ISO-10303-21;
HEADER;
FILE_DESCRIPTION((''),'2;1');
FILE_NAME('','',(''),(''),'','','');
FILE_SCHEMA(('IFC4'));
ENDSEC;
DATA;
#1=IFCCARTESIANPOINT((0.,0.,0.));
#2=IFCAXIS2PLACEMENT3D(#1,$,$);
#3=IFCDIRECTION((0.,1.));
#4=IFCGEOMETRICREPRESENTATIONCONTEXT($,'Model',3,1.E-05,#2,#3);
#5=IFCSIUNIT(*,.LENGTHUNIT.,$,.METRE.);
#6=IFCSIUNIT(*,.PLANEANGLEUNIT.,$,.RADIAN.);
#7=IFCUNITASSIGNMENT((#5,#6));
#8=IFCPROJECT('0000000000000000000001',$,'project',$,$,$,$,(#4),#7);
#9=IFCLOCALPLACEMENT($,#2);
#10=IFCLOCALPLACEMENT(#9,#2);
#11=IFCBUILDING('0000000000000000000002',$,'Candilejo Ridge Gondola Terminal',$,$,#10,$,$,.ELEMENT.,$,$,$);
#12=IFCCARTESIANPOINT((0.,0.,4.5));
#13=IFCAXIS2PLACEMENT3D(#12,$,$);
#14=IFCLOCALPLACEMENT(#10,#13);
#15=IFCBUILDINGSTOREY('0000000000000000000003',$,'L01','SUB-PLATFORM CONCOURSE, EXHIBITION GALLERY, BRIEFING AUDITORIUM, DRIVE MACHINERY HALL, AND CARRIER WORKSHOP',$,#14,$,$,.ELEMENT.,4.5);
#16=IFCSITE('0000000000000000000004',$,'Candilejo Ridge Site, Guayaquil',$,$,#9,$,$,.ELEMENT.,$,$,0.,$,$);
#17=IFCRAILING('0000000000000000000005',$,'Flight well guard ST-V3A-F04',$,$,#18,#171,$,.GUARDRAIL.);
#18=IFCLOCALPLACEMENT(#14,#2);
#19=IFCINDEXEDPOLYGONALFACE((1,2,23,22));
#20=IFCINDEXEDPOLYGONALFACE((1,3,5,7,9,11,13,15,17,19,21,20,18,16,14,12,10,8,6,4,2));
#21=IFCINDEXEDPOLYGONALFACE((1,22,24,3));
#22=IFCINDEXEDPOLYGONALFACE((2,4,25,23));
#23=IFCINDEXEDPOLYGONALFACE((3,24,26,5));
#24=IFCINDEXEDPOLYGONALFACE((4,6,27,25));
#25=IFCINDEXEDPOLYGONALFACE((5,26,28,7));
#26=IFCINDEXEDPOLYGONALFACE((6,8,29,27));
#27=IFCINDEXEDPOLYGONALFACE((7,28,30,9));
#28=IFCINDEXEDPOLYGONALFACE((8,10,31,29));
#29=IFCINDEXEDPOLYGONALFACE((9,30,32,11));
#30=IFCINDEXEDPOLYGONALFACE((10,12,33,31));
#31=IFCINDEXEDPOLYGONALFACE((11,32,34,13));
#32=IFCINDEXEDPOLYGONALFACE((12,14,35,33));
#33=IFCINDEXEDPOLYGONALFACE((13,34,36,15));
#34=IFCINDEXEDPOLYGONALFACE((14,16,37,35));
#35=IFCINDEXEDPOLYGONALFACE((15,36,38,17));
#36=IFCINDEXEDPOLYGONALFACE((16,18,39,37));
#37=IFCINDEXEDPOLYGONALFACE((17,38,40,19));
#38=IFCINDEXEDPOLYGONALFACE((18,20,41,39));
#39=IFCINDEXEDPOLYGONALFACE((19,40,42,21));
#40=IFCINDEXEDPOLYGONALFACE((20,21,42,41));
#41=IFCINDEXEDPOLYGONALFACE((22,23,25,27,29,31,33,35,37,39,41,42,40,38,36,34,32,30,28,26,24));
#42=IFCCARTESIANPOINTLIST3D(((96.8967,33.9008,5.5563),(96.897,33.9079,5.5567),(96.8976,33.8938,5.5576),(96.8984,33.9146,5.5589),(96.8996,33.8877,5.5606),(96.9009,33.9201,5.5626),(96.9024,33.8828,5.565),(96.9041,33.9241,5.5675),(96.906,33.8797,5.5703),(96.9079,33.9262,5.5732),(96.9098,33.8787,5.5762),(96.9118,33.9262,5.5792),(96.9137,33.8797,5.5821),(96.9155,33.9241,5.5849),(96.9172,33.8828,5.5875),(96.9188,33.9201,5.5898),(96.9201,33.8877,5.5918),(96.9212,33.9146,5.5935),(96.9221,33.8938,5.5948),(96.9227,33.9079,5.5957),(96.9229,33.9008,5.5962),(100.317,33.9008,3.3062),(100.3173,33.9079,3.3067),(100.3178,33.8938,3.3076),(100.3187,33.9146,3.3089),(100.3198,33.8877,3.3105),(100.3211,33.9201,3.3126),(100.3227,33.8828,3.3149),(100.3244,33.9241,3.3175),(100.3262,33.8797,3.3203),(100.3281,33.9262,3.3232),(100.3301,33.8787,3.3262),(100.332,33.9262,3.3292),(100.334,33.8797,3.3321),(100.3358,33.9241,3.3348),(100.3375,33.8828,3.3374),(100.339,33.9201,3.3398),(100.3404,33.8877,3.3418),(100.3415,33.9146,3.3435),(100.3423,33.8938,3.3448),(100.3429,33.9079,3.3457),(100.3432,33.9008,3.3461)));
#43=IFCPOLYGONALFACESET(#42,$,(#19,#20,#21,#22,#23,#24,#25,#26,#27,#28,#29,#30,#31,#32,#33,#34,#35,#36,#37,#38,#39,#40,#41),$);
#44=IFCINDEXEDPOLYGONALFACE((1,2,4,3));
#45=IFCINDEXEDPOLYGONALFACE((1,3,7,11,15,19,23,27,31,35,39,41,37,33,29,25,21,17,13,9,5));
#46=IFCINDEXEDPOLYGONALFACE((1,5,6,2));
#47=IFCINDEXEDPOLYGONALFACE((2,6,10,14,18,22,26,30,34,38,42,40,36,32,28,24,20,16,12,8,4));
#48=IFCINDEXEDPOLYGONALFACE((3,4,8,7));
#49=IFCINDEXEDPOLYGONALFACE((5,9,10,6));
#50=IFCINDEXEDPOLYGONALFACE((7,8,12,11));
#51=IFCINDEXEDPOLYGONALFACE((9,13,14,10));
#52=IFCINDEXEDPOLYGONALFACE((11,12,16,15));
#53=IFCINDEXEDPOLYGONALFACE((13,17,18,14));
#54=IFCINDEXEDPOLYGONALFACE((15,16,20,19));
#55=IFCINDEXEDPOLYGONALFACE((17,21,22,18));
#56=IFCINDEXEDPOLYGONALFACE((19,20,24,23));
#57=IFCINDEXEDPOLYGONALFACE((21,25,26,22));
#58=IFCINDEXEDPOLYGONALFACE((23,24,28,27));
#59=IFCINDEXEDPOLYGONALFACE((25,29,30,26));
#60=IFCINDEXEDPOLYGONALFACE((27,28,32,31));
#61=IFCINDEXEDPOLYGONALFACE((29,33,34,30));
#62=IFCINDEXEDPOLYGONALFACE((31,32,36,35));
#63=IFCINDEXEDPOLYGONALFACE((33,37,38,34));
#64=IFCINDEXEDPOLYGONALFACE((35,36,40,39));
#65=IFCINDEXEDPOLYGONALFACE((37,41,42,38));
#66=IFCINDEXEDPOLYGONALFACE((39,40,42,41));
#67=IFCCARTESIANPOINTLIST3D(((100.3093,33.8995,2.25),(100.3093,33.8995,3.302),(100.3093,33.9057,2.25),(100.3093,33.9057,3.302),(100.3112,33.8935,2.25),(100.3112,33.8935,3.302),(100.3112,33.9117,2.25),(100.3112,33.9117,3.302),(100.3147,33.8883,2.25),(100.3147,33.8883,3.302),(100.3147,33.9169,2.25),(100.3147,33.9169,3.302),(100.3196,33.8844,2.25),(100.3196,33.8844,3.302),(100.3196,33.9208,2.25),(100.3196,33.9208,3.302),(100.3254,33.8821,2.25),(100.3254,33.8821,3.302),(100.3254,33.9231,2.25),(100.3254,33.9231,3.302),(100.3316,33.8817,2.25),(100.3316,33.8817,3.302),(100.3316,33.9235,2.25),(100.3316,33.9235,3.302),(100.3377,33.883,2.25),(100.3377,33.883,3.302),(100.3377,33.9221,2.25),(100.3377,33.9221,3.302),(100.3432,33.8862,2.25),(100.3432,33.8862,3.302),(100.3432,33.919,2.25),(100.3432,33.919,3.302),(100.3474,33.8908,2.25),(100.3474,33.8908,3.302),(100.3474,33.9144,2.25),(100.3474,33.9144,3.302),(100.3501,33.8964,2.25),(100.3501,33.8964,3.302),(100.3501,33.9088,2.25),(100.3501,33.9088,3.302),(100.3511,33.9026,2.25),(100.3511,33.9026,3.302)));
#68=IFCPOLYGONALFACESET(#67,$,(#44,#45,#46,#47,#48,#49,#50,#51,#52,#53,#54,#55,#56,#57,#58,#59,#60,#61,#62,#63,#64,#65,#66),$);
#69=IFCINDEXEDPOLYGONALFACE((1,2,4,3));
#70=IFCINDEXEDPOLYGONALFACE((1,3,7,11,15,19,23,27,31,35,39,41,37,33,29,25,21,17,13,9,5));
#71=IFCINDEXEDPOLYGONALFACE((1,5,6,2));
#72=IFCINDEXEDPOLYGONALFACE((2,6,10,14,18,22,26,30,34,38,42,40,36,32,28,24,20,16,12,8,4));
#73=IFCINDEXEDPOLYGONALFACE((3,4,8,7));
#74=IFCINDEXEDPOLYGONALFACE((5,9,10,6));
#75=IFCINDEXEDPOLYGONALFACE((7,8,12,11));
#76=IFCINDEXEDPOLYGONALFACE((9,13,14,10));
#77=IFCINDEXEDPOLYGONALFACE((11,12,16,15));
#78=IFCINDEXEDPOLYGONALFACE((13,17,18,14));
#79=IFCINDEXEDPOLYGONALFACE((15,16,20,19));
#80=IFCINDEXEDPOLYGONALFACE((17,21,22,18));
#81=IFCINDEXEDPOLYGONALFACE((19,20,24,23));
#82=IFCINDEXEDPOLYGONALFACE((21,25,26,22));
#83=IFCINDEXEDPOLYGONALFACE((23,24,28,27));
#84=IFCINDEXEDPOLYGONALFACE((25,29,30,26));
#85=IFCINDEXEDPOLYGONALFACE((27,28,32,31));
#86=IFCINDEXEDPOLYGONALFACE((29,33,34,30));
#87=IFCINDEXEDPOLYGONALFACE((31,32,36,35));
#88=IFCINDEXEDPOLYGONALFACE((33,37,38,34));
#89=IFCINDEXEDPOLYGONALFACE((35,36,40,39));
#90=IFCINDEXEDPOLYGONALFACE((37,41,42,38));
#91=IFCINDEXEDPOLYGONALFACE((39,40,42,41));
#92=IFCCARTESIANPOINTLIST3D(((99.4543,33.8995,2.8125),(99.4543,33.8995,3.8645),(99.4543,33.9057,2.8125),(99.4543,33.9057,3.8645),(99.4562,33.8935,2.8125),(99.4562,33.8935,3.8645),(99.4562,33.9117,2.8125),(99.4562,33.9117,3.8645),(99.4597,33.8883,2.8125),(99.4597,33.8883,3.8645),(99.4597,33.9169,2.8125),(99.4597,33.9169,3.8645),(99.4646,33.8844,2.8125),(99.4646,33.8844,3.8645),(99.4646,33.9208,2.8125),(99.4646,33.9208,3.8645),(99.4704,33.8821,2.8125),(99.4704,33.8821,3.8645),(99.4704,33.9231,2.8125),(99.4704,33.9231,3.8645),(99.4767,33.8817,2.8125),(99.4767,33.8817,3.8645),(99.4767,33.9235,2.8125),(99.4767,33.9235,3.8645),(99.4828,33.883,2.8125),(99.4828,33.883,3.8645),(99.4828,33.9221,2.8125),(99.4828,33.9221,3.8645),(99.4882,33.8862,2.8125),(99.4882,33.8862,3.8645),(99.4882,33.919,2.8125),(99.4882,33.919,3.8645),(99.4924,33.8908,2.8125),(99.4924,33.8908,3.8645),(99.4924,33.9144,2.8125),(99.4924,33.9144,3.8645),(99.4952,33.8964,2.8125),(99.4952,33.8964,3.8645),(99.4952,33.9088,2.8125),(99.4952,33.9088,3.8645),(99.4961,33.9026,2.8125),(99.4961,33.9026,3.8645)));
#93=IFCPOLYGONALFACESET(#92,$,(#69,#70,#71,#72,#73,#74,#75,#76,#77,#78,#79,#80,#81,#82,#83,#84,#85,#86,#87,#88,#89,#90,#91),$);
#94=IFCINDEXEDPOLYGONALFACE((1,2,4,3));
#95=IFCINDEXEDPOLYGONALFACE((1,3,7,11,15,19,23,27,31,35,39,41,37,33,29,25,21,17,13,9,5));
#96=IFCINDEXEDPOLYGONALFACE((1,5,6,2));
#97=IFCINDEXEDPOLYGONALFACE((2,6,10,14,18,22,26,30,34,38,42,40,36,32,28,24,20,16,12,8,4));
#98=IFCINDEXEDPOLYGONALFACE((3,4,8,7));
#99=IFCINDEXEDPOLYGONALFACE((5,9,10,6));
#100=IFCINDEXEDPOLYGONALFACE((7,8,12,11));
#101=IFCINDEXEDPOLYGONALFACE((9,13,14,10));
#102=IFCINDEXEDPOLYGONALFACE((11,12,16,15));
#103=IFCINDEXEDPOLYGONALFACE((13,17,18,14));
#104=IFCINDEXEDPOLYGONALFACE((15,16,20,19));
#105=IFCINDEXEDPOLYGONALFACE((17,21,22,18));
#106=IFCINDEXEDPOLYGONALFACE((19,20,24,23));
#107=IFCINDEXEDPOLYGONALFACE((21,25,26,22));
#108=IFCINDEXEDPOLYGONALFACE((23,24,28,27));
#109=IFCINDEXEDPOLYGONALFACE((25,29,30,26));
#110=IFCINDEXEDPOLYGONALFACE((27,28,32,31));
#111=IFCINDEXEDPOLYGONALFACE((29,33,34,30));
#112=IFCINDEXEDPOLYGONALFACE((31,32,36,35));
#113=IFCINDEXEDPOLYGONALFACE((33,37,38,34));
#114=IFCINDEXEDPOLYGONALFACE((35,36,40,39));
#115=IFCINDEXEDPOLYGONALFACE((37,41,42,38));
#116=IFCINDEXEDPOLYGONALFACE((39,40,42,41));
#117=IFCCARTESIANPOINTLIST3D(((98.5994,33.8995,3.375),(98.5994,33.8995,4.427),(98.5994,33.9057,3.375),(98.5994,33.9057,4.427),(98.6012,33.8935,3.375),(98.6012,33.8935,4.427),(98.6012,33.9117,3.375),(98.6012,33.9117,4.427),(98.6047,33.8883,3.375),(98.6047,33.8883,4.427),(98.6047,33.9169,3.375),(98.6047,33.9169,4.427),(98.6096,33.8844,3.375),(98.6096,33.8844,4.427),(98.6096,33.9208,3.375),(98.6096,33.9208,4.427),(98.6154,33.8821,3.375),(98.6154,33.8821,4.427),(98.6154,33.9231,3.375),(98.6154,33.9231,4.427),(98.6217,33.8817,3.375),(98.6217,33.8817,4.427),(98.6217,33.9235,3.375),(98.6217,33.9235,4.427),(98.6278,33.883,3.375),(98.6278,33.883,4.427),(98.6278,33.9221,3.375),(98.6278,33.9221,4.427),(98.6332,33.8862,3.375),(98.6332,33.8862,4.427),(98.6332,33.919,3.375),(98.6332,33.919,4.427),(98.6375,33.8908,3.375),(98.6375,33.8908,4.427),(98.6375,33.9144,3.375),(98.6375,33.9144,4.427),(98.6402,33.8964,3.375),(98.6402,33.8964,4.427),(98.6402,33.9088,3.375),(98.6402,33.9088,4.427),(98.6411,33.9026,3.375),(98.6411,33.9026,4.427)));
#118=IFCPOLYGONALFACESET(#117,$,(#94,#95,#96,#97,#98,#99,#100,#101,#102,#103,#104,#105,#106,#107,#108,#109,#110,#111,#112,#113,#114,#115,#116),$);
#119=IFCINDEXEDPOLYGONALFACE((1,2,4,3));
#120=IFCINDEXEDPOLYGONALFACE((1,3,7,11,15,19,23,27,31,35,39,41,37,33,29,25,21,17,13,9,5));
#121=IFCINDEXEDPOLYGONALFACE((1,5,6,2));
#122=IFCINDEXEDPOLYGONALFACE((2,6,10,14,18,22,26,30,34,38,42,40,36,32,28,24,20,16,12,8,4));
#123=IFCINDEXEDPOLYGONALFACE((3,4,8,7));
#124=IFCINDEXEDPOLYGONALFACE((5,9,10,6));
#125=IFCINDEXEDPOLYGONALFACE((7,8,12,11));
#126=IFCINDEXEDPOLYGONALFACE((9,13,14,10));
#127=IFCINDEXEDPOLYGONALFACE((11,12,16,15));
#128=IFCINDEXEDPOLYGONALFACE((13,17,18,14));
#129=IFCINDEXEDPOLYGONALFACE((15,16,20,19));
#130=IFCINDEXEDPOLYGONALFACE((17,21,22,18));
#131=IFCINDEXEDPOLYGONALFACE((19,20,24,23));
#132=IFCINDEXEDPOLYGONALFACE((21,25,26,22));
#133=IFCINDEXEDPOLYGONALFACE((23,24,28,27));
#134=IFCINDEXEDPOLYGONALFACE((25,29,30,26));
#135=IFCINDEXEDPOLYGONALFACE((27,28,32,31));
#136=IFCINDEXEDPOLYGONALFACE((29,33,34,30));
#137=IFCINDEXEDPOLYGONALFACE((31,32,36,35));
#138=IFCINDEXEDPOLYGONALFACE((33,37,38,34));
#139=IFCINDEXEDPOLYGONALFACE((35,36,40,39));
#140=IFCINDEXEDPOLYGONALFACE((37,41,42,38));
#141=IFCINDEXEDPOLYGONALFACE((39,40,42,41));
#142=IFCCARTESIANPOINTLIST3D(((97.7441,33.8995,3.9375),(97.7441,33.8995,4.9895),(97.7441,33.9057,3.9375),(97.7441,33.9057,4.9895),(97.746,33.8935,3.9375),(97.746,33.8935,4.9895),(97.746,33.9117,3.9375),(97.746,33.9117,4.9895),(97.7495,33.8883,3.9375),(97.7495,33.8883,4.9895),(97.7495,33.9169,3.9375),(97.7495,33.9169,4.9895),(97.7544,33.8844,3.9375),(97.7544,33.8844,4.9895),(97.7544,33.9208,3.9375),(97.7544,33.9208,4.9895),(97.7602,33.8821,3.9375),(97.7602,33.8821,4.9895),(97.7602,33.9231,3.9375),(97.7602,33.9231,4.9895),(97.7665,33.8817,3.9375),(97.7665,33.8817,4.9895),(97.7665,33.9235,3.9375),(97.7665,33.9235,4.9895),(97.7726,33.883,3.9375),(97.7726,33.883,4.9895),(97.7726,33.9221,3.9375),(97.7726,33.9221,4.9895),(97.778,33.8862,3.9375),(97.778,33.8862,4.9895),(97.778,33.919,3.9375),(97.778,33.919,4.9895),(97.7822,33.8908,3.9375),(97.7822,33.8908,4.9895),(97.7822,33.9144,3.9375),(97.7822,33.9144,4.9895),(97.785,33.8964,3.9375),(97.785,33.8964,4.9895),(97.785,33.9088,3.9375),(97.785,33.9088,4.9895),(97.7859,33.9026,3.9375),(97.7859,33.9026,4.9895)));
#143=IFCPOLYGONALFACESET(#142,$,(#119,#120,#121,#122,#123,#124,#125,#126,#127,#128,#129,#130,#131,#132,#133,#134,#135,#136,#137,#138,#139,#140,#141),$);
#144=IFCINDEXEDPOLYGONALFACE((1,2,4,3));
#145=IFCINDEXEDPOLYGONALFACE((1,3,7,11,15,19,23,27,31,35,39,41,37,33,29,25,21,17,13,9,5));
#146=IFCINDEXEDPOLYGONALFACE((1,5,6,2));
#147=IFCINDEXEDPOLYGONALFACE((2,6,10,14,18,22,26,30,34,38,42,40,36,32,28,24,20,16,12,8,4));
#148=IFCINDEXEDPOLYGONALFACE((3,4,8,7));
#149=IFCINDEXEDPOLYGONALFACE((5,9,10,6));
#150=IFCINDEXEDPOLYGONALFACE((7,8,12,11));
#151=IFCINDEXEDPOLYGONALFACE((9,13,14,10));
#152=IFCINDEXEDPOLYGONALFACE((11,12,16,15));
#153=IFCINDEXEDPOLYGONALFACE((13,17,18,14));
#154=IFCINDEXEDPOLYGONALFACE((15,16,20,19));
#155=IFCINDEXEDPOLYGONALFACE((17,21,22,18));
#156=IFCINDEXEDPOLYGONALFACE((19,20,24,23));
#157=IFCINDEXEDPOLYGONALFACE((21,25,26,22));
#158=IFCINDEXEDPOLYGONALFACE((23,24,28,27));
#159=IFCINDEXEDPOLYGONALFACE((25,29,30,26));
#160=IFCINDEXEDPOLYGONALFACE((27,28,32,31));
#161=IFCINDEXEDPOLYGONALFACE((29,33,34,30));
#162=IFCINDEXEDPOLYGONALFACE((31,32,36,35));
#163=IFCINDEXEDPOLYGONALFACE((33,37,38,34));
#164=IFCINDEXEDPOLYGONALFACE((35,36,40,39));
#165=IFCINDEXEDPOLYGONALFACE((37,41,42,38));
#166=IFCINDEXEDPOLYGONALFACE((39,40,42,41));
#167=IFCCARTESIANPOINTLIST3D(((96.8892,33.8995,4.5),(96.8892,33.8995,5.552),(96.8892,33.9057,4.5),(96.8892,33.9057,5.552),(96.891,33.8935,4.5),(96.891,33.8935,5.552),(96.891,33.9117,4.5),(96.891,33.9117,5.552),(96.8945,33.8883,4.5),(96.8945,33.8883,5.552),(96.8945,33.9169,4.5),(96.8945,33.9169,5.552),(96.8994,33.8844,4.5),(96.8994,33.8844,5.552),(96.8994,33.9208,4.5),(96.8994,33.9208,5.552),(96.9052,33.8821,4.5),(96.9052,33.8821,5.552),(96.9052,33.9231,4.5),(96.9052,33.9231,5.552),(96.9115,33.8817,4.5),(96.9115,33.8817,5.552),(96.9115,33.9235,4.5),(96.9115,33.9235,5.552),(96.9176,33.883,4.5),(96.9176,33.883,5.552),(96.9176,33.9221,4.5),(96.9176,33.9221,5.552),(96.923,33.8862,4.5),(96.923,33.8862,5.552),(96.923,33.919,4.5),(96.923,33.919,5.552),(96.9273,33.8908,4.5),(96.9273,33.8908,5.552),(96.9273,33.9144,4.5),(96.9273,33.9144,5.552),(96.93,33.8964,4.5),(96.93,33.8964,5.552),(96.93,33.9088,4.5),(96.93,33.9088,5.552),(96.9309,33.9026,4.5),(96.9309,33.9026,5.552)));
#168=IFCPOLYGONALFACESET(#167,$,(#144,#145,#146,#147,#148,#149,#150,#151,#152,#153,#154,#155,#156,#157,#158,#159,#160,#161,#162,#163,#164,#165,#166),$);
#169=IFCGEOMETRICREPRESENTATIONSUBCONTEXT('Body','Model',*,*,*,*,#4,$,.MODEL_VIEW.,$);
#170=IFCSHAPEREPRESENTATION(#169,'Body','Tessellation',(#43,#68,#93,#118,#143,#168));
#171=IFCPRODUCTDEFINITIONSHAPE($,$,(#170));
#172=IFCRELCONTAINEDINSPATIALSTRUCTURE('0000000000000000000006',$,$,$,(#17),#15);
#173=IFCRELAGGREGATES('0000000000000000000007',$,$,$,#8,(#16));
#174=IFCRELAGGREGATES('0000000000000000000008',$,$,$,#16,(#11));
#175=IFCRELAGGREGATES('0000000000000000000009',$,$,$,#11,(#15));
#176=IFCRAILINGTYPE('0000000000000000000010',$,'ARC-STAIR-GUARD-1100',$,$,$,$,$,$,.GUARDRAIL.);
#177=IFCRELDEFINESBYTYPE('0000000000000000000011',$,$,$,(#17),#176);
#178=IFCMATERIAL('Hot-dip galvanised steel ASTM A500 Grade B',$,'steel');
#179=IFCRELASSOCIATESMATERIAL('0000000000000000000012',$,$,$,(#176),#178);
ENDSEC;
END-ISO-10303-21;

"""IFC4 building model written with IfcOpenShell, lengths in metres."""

from ifc_helpers import new_model, si_unit, direction, frame, origin, origin_2d, place, context, subcontext, project, spatial, circle, extrude, material, type_object, element, save


model = new_model("IFC4")

# Units and contexts
model_context = context("Model", 3, precision=1e-05, world=origin(), true_north=direction((0.0, 1.0)))
body_context = subcontext(model_context, "Body", "Model", "MODEL_VIEW")
ifc_project = project(units=[si_unit("LENGTHUNIT", "METRE"), si_unit("PLANEANGLEUNIT", "RADIAN")], contexts=[model_context])

# Site, building, storey
site_placement = place(None, origin())
site = spatial("IfcSite", under=ifc_project, at=site_placement, Name="Candilejo Ridge Site, Guayaquil", CompositionType="ELEMENT", RefElevation=0.0)
building_placement = place(site_placement, origin())
building = spatial("IfcBuilding", under=site, at=building_placement, Name="Candilejo Ridge Gondola Terminal", CompositionType="ELEMENT")
storey_placement = place(building_placement, frame((0.0, 0.0, 4.5)))
storey = spatial("IfcBuildingStorey", under=building, at=storey_placement, Name="L01", Description="SUB-PLATFORM CONCOURSE, EXHIBITION GALLERY, BRIEFING AUDITORIUM, DRIVE MACHINERY HALL, AND CARRIER WORKSHOP", CompositionType="ELEMENT", Elevation=4.5)

# Railing
ifc_material_1 = material(Name="Hot-dip galvanised steel ASTM A500 Grade B", Category="steel")
railing_type_1 = type_object("IfcRailingType", Name="ARC-STAIR-GUARD-1100", PredefinedType="GUARDRAIL", material=ifc_material_1)
railing_1_placement = place(storey_placement, frame((100.3301, 33.9026, 2.25)))
element("IfcRailing", 1, at=railing_1_placement, inside=storey, type_object=railing_type_1, Name="Flight well guard ST-V3A-F04", PredefinedType="GUARDRAIL", context=body_context, shape_type="SweptSolid", body=[
    extrude(circle(Radius=0.0239, at=origin_2d()), frame((0.0, 0.0, 1.0762), z_axis=(-0.835429, 0.0, 0.549598), x_axis=(0.0, -1.0, 0.0)), (0.0, 0.0, 1.0), 4.094),
    extrude(circle(Radius=0.021, at=origin_2d()), origin(), (0.0, 0.0, 1.0), 1.052),
    extrude(circle(Radius=0.021, at=origin_2d()), frame((-0.855, 0.0, 0.5625)), (0.0, 0.0, 1.0), 1.052),
    extrude(circle(Radius=0.021, at=origin_2d()), frame((-1.71, 0.0, 1.125)), (0.0, 0.0, 1.0), 1.052),
    extrude(circle(Radius=0.021, at=origin_2d()), frame((-2.5652, 0.0, 1.6875)), (0.0, 0.0, 1.0), 1.052),
    extrude(circle(Radius=0.021, at=origin_2d()), frame((-3.4202, 0.0, 2.25)), (0.0, 0.0, 1.0), 1.052),
])

save(model, "model.ifc")
